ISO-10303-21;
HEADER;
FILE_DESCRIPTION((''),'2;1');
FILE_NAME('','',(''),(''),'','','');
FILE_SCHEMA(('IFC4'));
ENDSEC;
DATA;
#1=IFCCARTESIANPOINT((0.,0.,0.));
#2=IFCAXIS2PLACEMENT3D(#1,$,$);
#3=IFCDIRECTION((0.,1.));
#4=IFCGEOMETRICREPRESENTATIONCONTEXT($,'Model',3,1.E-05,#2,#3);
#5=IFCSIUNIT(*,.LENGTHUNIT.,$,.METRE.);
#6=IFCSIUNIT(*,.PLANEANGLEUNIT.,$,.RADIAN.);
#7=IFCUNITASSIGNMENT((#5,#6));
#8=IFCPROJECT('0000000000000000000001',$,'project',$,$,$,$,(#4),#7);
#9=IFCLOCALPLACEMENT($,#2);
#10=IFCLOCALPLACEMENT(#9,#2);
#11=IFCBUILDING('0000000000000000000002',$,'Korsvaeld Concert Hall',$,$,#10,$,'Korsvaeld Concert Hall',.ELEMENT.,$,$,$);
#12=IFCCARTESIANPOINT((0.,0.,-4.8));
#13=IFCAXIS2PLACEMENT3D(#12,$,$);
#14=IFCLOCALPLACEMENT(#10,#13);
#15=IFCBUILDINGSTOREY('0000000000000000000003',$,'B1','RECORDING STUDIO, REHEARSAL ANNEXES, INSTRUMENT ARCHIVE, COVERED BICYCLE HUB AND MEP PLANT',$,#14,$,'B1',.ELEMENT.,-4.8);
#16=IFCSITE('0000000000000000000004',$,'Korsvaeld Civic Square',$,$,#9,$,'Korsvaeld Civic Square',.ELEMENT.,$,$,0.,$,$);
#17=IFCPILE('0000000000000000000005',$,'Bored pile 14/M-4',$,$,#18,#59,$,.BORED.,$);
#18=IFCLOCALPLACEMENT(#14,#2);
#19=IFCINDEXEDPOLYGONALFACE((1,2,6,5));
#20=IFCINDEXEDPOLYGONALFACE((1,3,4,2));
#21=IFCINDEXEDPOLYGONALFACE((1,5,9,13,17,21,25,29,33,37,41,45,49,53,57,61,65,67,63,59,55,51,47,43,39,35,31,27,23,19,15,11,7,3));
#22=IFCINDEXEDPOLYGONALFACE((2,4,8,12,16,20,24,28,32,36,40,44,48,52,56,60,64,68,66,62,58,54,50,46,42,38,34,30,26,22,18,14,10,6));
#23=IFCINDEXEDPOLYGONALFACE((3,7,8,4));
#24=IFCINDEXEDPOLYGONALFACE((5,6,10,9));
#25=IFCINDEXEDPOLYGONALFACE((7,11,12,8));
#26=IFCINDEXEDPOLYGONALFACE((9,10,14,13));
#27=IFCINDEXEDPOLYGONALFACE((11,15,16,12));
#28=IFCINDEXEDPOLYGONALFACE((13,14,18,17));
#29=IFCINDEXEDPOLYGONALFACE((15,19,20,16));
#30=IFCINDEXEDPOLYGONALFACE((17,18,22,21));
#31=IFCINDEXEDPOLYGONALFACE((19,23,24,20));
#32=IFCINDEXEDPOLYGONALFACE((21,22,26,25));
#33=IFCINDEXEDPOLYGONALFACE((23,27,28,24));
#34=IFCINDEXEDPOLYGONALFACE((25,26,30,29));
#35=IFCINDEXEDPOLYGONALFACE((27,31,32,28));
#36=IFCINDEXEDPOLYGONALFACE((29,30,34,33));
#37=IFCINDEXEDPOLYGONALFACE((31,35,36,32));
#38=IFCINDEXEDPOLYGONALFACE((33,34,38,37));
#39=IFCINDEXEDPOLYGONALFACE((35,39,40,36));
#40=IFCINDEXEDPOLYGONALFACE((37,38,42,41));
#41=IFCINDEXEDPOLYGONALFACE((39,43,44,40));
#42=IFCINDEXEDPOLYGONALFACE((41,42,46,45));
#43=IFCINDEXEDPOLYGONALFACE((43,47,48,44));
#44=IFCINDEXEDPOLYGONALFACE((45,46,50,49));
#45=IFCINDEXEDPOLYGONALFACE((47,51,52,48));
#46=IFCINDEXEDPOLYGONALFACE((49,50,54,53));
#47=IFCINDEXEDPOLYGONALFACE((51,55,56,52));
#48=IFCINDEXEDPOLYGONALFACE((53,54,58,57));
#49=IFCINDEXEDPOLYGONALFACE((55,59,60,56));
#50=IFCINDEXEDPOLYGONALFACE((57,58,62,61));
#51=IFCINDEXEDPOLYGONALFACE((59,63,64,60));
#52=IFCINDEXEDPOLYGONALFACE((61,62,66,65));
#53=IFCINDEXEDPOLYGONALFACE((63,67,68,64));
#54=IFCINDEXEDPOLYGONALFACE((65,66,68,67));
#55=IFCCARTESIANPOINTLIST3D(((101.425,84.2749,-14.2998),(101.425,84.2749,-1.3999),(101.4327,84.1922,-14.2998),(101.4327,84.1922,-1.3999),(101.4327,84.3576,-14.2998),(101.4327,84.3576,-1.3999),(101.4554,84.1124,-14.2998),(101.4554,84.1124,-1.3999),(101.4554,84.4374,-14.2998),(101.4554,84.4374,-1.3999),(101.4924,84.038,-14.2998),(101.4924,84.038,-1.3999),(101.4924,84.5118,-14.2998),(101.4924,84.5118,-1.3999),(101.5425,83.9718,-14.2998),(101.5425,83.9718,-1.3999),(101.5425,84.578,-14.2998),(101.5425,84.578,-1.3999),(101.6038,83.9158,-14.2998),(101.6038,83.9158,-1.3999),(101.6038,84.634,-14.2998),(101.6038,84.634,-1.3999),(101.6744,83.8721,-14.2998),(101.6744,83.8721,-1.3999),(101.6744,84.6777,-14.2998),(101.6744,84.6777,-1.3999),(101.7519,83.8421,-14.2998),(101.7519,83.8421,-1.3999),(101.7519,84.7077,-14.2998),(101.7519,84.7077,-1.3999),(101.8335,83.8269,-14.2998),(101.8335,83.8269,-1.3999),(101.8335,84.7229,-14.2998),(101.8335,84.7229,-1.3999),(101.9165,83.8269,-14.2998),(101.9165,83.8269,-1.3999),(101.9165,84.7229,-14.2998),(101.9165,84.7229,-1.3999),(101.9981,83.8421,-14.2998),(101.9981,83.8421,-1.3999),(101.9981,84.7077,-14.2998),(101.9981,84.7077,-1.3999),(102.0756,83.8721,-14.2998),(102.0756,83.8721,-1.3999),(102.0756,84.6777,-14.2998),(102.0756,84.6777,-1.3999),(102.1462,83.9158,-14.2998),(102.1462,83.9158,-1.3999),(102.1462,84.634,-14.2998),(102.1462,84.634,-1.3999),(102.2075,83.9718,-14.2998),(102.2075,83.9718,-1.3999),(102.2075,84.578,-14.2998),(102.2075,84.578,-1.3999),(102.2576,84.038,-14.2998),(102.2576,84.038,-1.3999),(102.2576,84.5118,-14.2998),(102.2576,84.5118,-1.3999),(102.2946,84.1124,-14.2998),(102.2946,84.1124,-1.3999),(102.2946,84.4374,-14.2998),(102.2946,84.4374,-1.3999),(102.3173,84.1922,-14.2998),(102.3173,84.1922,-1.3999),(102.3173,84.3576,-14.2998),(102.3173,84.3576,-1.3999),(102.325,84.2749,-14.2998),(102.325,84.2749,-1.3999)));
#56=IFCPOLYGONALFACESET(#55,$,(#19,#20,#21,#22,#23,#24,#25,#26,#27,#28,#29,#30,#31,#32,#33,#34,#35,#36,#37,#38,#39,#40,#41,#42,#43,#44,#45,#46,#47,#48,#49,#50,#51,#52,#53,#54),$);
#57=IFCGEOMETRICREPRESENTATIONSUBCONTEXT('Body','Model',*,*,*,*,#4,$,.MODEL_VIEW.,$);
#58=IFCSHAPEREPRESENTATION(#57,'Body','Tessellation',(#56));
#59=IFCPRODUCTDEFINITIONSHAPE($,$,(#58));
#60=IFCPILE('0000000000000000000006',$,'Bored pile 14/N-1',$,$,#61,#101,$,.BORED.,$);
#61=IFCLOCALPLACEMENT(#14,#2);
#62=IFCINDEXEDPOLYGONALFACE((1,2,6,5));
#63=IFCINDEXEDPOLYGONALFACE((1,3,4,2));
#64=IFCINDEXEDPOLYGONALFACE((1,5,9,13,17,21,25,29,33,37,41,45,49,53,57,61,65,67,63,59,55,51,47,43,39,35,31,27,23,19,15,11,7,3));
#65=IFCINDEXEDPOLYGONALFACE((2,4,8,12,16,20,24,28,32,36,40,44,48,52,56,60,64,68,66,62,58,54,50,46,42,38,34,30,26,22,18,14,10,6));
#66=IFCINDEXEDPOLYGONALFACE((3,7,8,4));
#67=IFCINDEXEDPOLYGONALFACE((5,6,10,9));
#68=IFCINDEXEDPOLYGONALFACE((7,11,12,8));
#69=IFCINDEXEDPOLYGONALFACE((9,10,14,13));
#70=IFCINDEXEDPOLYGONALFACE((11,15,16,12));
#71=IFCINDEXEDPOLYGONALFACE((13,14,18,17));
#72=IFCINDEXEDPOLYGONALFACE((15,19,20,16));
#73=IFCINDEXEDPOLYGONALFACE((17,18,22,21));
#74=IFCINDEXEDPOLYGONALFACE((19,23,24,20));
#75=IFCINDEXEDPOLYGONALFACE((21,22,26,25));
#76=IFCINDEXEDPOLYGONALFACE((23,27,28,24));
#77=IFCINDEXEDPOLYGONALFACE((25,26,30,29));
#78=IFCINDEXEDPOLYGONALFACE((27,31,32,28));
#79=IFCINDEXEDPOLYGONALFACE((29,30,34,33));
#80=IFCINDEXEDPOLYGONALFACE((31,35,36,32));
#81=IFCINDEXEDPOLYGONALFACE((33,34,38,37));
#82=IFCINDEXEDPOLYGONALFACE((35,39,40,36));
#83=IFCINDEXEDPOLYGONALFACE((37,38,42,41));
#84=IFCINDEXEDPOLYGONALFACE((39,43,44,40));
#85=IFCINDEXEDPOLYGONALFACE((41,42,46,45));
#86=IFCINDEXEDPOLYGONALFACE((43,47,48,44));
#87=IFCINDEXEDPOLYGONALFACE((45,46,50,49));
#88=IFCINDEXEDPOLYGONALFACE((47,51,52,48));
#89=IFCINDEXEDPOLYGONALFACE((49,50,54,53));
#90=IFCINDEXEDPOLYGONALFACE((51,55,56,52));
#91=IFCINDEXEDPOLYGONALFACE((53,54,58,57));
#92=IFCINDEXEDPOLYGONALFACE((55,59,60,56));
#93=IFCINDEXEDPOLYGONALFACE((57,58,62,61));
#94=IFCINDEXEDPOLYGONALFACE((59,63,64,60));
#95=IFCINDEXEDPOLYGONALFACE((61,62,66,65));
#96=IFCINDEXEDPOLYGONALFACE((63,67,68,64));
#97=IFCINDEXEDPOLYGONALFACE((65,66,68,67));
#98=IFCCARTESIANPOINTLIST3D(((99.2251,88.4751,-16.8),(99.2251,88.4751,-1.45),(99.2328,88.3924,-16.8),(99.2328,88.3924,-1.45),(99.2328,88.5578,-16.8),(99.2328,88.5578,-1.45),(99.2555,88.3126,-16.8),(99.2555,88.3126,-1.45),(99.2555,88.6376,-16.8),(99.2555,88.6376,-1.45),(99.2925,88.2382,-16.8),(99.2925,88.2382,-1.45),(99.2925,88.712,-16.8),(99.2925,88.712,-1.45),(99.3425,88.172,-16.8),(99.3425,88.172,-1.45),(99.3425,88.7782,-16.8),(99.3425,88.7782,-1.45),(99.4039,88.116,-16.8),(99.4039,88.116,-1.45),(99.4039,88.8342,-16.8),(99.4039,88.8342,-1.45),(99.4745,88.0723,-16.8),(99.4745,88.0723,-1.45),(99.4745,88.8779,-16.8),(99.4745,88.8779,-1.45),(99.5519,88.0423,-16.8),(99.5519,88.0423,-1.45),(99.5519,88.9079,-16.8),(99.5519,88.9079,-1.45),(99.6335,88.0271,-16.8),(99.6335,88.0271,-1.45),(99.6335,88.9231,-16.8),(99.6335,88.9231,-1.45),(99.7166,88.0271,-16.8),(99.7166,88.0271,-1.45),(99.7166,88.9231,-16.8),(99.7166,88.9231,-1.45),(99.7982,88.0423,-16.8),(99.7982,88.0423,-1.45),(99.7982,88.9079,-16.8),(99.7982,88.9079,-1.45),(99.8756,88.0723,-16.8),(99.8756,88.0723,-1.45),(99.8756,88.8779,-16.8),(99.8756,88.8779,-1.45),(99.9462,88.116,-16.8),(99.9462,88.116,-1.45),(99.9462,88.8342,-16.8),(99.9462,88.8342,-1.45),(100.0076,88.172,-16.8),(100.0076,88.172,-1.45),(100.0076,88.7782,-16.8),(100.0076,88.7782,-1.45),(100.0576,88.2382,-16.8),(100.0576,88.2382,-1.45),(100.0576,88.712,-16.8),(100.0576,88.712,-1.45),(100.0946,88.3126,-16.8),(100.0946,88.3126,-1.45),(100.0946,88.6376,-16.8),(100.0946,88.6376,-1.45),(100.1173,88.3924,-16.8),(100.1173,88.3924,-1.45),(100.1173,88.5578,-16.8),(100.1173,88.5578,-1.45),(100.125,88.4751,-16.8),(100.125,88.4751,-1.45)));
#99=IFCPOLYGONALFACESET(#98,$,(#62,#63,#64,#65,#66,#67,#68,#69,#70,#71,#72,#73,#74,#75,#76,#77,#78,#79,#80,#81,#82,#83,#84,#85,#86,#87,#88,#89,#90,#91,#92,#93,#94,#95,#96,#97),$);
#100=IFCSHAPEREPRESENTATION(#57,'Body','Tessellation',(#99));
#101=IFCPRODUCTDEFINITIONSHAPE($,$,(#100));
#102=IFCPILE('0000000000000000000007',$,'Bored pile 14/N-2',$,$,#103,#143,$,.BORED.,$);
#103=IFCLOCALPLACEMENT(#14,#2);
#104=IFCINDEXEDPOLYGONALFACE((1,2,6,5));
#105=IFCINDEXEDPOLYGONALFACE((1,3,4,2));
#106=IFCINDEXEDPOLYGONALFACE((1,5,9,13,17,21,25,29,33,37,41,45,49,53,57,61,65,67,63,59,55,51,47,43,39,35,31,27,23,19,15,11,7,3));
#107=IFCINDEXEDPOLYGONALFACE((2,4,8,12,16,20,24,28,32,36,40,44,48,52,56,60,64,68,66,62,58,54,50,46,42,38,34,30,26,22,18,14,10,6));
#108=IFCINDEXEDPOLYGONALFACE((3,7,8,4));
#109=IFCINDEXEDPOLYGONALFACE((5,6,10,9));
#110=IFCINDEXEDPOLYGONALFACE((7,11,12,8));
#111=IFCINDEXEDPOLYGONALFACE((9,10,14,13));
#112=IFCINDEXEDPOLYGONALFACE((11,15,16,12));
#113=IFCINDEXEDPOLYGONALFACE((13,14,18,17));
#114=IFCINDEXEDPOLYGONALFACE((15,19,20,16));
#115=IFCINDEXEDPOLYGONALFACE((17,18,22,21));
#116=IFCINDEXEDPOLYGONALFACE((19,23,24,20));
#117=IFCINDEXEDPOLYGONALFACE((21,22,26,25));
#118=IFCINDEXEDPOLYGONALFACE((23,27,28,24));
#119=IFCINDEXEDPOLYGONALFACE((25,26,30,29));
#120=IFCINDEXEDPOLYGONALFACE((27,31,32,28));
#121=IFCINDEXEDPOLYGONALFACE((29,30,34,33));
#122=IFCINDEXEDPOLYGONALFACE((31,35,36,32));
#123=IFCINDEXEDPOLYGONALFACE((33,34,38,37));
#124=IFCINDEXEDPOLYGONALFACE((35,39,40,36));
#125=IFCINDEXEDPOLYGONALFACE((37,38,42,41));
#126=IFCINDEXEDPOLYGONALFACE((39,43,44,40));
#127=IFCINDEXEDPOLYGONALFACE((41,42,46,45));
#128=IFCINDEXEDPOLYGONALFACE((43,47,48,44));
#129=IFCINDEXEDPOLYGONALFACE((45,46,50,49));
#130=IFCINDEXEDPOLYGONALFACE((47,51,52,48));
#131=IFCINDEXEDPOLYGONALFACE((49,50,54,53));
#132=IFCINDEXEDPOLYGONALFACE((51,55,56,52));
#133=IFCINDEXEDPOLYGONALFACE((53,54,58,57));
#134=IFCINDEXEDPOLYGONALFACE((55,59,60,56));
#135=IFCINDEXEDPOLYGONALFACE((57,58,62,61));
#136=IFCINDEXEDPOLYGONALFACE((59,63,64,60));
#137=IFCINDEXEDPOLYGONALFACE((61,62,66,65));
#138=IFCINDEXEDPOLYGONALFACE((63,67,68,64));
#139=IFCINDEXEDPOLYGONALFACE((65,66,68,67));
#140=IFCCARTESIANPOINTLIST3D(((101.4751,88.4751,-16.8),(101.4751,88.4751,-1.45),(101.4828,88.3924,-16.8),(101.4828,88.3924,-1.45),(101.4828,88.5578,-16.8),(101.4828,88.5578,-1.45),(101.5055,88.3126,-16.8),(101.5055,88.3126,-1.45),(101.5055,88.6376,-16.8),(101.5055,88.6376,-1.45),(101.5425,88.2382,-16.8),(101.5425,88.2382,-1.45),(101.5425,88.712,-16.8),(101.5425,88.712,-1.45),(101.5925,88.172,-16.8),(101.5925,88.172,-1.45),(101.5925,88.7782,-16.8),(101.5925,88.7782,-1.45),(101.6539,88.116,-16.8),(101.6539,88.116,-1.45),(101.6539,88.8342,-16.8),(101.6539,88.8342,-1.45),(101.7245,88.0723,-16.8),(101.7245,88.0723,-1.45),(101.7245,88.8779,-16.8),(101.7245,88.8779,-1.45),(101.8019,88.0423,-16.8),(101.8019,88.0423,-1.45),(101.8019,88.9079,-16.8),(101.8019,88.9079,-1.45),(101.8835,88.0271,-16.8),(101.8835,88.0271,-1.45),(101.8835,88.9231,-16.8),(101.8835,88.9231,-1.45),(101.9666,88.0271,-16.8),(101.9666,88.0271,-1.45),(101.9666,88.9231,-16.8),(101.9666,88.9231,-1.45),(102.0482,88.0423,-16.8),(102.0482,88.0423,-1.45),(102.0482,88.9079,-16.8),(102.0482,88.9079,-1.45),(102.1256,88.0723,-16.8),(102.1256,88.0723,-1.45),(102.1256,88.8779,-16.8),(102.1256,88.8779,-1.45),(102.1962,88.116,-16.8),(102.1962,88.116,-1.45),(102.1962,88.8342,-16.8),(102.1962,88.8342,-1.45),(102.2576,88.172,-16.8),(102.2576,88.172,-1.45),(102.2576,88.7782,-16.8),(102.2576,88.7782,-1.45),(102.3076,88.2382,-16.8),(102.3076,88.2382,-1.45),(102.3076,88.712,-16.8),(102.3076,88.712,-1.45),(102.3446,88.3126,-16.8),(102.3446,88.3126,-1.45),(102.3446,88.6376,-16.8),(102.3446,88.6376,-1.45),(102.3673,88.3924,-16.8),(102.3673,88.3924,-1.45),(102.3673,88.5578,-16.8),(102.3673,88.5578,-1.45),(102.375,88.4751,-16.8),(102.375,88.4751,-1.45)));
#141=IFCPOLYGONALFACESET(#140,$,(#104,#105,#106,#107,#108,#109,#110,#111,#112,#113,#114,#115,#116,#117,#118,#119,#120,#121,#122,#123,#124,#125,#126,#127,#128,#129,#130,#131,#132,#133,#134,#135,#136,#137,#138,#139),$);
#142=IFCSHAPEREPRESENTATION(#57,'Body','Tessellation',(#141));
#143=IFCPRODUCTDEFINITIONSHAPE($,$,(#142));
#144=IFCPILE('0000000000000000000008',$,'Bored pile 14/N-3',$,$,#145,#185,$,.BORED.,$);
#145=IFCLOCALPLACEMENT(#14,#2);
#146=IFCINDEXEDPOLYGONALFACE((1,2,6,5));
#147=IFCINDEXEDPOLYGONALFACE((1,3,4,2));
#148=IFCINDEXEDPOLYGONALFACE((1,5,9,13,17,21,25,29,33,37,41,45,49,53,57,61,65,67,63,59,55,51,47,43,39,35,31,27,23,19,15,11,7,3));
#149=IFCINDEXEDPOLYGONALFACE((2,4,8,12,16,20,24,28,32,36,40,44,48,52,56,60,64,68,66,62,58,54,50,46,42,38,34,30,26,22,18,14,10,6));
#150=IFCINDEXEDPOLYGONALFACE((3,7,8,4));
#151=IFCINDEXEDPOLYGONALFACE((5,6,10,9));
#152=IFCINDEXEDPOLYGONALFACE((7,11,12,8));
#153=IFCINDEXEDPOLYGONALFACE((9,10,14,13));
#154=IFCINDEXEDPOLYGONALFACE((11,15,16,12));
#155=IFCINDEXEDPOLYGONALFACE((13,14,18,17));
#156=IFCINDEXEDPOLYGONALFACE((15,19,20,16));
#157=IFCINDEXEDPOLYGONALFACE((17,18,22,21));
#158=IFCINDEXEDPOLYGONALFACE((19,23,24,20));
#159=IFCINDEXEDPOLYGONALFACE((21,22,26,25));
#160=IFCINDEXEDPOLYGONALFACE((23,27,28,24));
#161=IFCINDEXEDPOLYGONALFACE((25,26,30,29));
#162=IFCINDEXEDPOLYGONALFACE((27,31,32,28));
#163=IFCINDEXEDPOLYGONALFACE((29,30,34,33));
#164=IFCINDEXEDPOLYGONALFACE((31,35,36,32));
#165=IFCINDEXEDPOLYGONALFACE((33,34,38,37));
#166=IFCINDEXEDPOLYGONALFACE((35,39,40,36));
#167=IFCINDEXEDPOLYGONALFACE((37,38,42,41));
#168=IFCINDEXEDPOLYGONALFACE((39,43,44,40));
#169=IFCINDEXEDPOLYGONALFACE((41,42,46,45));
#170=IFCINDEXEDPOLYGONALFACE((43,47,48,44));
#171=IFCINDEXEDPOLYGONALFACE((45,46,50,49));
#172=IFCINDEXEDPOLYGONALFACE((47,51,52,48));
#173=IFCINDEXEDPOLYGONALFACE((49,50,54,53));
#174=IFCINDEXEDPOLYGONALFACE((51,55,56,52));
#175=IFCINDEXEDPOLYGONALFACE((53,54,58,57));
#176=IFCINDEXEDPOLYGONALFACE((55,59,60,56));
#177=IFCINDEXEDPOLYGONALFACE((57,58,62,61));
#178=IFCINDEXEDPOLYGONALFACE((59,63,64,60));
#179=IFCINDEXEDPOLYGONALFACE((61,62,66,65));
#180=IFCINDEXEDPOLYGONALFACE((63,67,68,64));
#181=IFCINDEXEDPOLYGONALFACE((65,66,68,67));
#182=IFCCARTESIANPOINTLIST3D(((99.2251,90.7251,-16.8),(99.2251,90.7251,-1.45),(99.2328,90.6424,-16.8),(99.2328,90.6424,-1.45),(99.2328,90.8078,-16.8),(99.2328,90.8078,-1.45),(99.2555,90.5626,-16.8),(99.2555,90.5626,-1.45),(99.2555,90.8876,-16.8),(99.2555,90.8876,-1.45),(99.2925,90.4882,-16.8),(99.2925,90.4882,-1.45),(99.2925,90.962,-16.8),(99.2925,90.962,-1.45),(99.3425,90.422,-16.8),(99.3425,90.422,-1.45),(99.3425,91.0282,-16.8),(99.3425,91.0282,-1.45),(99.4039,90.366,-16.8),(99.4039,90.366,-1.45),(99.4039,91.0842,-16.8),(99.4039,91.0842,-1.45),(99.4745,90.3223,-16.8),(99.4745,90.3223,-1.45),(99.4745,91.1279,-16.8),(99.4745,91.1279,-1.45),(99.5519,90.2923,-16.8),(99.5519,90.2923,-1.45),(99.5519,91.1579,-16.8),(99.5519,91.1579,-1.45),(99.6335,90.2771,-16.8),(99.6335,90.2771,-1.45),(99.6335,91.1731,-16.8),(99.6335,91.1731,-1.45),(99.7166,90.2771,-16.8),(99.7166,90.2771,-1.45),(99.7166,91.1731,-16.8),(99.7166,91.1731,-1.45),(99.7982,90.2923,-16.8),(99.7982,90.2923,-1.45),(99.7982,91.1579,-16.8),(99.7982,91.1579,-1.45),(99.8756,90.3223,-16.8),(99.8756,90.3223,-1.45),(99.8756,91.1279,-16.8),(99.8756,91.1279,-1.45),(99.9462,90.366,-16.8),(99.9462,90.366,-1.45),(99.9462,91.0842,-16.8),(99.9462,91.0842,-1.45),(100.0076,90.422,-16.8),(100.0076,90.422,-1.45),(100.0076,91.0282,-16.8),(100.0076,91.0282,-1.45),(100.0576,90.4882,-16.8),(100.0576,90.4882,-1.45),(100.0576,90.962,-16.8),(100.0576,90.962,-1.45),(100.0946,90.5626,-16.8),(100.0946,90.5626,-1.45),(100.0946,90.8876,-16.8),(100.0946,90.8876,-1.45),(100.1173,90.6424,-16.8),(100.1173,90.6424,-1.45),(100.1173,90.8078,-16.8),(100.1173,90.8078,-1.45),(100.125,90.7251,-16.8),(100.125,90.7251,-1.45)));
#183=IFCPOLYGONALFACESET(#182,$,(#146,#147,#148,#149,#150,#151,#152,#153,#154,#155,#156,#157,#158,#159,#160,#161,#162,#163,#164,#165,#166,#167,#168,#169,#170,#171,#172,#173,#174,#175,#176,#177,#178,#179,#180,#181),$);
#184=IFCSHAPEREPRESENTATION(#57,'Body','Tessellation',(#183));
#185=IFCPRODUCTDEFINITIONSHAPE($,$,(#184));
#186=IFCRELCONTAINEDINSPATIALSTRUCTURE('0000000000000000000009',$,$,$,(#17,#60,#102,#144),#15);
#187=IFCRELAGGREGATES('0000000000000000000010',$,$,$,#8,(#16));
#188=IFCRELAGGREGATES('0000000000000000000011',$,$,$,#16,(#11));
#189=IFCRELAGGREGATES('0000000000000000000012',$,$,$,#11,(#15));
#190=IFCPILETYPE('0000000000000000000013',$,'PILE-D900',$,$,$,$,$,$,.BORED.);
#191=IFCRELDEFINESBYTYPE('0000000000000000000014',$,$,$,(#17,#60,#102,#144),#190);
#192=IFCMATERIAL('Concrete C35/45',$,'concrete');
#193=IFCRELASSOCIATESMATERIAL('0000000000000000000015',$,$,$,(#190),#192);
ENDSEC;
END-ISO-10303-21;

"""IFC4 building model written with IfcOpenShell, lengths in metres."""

from ifc_helpers import new_model, si_unit, direction, frame, origin, origin_2d, place, context, subcontext, project, spatial, circle, extrude, material, material_profile, profile_set, type_object, element, save


model = new_model("IFC4")

# Units and contexts
model_context = context("Model", 3, precision=1e-05, world=origin(), true_north=direction((0.0, 1.0)))
body_context = subcontext(model_context, "Body", "Model", "MODEL_VIEW")
ifc_project = project(units=[si_unit("LENGTHUNIT", "METRE"), si_unit("PLANEANGLEUNIT", "RADIAN")], contexts=[model_context])

# Site, building, storey
site_placement = place(None, origin())
site = spatial("IfcSite", under=ifc_project, at=site_placement, Name="Korsvaeld Civic Square", LongName="Korsvaeld Civic Square", CompositionType="ELEMENT", RefElevation=0.0)
building_placement = place(site_placement, origin())
building = spatial("IfcBuilding", under=site, at=building_placement, Name="Korsvaeld Concert Hall", LongName="Korsvaeld Concert Hall", CompositionType="ELEMENT")
storey_placement = place(building_placement, frame((0.0, 0.0, -4.8)))
storey = spatial("IfcBuildingStorey", under=building, at=storey_placement, Name="B1", Description="RECORDING STUDIO, REHEARSAL ANNEXES, INSTRUMENT ARCHIVE, COVERED BICYCLE HUB AND MEP PLANT", LongName="B1", CompositionType="ELEMENT", Elevation=-4.8)

# Shared definitions
ifc_material_1 = material(Name="Concrete C35/45", Category="concrete")

# Piles
ifc_material_profile_1 = material_profile(ifc_material_1, circle(Radius=0.45, at=origin_2d()), Name="BORED PILE D900")
ifc_profile_set_1 = profile_set([ifc_material_profile_1], Name="Concrete C35/45")
pile_type_1 = type_object("IfcPileType", Name="PILE-D900", PredefinedType="BORED", material=ifc_profile_set_1)
for number, where, z_axis, x_axis, name in (
    (1, (101.875, 84.2749, -1.3999), (0.0, 0.0, -1.0), (1.0, 0.0, 0.0), "Bored pile 14/M-4"),
):
    element("IfcPile", number, at=place(storey_placement, frame(where, z_axis=z_axis, x_axis=x_axis)), inside=storey, type_object=pile_type_1, Name=name, PredefinedType="BORED", context=body_context, shape_type="SweptSolid", body=[
        extrude(circle(Radius=0.45, at=origin_2d()), origin(), (0.0, 0.0, 1.0), 12.8999),
    ])
for number, where, z_axis, x_axis, name in (
    (2, (99.675, 88.4751, -1.45), (0.0, 0.0, -1.0), (1.0, 0.0, 0.0), "Bored pile 14/N-1"),
    (3, (101.925, 88.4751, -1.45), (0.0, 0.0, -1.0), (1.0, 0.0, 0.0), "Bored pile 14/N-2"),
    (4, (99.675, 90.7251, -1.45), (0.0, 0.0, -1.0), (1.0, 0.0, 0.0), "Bored pile 14/N-3"),
):
    element("IfcPile", number, at=place(storey_placement, frame(where, z_axis=z_axis, x_axis=x_axis)), inside=storey, type_object=pile_type_1, Name=name, PredefinedType="BORED", context=body_context, shape_type="SweptSolid", body=[
        extrude(circle(Radius=0.45, at=origin_2d()), origin(), (0.0, 0.0, 1.0), 15.3501),
    ])

save(model, "model.ifc")
